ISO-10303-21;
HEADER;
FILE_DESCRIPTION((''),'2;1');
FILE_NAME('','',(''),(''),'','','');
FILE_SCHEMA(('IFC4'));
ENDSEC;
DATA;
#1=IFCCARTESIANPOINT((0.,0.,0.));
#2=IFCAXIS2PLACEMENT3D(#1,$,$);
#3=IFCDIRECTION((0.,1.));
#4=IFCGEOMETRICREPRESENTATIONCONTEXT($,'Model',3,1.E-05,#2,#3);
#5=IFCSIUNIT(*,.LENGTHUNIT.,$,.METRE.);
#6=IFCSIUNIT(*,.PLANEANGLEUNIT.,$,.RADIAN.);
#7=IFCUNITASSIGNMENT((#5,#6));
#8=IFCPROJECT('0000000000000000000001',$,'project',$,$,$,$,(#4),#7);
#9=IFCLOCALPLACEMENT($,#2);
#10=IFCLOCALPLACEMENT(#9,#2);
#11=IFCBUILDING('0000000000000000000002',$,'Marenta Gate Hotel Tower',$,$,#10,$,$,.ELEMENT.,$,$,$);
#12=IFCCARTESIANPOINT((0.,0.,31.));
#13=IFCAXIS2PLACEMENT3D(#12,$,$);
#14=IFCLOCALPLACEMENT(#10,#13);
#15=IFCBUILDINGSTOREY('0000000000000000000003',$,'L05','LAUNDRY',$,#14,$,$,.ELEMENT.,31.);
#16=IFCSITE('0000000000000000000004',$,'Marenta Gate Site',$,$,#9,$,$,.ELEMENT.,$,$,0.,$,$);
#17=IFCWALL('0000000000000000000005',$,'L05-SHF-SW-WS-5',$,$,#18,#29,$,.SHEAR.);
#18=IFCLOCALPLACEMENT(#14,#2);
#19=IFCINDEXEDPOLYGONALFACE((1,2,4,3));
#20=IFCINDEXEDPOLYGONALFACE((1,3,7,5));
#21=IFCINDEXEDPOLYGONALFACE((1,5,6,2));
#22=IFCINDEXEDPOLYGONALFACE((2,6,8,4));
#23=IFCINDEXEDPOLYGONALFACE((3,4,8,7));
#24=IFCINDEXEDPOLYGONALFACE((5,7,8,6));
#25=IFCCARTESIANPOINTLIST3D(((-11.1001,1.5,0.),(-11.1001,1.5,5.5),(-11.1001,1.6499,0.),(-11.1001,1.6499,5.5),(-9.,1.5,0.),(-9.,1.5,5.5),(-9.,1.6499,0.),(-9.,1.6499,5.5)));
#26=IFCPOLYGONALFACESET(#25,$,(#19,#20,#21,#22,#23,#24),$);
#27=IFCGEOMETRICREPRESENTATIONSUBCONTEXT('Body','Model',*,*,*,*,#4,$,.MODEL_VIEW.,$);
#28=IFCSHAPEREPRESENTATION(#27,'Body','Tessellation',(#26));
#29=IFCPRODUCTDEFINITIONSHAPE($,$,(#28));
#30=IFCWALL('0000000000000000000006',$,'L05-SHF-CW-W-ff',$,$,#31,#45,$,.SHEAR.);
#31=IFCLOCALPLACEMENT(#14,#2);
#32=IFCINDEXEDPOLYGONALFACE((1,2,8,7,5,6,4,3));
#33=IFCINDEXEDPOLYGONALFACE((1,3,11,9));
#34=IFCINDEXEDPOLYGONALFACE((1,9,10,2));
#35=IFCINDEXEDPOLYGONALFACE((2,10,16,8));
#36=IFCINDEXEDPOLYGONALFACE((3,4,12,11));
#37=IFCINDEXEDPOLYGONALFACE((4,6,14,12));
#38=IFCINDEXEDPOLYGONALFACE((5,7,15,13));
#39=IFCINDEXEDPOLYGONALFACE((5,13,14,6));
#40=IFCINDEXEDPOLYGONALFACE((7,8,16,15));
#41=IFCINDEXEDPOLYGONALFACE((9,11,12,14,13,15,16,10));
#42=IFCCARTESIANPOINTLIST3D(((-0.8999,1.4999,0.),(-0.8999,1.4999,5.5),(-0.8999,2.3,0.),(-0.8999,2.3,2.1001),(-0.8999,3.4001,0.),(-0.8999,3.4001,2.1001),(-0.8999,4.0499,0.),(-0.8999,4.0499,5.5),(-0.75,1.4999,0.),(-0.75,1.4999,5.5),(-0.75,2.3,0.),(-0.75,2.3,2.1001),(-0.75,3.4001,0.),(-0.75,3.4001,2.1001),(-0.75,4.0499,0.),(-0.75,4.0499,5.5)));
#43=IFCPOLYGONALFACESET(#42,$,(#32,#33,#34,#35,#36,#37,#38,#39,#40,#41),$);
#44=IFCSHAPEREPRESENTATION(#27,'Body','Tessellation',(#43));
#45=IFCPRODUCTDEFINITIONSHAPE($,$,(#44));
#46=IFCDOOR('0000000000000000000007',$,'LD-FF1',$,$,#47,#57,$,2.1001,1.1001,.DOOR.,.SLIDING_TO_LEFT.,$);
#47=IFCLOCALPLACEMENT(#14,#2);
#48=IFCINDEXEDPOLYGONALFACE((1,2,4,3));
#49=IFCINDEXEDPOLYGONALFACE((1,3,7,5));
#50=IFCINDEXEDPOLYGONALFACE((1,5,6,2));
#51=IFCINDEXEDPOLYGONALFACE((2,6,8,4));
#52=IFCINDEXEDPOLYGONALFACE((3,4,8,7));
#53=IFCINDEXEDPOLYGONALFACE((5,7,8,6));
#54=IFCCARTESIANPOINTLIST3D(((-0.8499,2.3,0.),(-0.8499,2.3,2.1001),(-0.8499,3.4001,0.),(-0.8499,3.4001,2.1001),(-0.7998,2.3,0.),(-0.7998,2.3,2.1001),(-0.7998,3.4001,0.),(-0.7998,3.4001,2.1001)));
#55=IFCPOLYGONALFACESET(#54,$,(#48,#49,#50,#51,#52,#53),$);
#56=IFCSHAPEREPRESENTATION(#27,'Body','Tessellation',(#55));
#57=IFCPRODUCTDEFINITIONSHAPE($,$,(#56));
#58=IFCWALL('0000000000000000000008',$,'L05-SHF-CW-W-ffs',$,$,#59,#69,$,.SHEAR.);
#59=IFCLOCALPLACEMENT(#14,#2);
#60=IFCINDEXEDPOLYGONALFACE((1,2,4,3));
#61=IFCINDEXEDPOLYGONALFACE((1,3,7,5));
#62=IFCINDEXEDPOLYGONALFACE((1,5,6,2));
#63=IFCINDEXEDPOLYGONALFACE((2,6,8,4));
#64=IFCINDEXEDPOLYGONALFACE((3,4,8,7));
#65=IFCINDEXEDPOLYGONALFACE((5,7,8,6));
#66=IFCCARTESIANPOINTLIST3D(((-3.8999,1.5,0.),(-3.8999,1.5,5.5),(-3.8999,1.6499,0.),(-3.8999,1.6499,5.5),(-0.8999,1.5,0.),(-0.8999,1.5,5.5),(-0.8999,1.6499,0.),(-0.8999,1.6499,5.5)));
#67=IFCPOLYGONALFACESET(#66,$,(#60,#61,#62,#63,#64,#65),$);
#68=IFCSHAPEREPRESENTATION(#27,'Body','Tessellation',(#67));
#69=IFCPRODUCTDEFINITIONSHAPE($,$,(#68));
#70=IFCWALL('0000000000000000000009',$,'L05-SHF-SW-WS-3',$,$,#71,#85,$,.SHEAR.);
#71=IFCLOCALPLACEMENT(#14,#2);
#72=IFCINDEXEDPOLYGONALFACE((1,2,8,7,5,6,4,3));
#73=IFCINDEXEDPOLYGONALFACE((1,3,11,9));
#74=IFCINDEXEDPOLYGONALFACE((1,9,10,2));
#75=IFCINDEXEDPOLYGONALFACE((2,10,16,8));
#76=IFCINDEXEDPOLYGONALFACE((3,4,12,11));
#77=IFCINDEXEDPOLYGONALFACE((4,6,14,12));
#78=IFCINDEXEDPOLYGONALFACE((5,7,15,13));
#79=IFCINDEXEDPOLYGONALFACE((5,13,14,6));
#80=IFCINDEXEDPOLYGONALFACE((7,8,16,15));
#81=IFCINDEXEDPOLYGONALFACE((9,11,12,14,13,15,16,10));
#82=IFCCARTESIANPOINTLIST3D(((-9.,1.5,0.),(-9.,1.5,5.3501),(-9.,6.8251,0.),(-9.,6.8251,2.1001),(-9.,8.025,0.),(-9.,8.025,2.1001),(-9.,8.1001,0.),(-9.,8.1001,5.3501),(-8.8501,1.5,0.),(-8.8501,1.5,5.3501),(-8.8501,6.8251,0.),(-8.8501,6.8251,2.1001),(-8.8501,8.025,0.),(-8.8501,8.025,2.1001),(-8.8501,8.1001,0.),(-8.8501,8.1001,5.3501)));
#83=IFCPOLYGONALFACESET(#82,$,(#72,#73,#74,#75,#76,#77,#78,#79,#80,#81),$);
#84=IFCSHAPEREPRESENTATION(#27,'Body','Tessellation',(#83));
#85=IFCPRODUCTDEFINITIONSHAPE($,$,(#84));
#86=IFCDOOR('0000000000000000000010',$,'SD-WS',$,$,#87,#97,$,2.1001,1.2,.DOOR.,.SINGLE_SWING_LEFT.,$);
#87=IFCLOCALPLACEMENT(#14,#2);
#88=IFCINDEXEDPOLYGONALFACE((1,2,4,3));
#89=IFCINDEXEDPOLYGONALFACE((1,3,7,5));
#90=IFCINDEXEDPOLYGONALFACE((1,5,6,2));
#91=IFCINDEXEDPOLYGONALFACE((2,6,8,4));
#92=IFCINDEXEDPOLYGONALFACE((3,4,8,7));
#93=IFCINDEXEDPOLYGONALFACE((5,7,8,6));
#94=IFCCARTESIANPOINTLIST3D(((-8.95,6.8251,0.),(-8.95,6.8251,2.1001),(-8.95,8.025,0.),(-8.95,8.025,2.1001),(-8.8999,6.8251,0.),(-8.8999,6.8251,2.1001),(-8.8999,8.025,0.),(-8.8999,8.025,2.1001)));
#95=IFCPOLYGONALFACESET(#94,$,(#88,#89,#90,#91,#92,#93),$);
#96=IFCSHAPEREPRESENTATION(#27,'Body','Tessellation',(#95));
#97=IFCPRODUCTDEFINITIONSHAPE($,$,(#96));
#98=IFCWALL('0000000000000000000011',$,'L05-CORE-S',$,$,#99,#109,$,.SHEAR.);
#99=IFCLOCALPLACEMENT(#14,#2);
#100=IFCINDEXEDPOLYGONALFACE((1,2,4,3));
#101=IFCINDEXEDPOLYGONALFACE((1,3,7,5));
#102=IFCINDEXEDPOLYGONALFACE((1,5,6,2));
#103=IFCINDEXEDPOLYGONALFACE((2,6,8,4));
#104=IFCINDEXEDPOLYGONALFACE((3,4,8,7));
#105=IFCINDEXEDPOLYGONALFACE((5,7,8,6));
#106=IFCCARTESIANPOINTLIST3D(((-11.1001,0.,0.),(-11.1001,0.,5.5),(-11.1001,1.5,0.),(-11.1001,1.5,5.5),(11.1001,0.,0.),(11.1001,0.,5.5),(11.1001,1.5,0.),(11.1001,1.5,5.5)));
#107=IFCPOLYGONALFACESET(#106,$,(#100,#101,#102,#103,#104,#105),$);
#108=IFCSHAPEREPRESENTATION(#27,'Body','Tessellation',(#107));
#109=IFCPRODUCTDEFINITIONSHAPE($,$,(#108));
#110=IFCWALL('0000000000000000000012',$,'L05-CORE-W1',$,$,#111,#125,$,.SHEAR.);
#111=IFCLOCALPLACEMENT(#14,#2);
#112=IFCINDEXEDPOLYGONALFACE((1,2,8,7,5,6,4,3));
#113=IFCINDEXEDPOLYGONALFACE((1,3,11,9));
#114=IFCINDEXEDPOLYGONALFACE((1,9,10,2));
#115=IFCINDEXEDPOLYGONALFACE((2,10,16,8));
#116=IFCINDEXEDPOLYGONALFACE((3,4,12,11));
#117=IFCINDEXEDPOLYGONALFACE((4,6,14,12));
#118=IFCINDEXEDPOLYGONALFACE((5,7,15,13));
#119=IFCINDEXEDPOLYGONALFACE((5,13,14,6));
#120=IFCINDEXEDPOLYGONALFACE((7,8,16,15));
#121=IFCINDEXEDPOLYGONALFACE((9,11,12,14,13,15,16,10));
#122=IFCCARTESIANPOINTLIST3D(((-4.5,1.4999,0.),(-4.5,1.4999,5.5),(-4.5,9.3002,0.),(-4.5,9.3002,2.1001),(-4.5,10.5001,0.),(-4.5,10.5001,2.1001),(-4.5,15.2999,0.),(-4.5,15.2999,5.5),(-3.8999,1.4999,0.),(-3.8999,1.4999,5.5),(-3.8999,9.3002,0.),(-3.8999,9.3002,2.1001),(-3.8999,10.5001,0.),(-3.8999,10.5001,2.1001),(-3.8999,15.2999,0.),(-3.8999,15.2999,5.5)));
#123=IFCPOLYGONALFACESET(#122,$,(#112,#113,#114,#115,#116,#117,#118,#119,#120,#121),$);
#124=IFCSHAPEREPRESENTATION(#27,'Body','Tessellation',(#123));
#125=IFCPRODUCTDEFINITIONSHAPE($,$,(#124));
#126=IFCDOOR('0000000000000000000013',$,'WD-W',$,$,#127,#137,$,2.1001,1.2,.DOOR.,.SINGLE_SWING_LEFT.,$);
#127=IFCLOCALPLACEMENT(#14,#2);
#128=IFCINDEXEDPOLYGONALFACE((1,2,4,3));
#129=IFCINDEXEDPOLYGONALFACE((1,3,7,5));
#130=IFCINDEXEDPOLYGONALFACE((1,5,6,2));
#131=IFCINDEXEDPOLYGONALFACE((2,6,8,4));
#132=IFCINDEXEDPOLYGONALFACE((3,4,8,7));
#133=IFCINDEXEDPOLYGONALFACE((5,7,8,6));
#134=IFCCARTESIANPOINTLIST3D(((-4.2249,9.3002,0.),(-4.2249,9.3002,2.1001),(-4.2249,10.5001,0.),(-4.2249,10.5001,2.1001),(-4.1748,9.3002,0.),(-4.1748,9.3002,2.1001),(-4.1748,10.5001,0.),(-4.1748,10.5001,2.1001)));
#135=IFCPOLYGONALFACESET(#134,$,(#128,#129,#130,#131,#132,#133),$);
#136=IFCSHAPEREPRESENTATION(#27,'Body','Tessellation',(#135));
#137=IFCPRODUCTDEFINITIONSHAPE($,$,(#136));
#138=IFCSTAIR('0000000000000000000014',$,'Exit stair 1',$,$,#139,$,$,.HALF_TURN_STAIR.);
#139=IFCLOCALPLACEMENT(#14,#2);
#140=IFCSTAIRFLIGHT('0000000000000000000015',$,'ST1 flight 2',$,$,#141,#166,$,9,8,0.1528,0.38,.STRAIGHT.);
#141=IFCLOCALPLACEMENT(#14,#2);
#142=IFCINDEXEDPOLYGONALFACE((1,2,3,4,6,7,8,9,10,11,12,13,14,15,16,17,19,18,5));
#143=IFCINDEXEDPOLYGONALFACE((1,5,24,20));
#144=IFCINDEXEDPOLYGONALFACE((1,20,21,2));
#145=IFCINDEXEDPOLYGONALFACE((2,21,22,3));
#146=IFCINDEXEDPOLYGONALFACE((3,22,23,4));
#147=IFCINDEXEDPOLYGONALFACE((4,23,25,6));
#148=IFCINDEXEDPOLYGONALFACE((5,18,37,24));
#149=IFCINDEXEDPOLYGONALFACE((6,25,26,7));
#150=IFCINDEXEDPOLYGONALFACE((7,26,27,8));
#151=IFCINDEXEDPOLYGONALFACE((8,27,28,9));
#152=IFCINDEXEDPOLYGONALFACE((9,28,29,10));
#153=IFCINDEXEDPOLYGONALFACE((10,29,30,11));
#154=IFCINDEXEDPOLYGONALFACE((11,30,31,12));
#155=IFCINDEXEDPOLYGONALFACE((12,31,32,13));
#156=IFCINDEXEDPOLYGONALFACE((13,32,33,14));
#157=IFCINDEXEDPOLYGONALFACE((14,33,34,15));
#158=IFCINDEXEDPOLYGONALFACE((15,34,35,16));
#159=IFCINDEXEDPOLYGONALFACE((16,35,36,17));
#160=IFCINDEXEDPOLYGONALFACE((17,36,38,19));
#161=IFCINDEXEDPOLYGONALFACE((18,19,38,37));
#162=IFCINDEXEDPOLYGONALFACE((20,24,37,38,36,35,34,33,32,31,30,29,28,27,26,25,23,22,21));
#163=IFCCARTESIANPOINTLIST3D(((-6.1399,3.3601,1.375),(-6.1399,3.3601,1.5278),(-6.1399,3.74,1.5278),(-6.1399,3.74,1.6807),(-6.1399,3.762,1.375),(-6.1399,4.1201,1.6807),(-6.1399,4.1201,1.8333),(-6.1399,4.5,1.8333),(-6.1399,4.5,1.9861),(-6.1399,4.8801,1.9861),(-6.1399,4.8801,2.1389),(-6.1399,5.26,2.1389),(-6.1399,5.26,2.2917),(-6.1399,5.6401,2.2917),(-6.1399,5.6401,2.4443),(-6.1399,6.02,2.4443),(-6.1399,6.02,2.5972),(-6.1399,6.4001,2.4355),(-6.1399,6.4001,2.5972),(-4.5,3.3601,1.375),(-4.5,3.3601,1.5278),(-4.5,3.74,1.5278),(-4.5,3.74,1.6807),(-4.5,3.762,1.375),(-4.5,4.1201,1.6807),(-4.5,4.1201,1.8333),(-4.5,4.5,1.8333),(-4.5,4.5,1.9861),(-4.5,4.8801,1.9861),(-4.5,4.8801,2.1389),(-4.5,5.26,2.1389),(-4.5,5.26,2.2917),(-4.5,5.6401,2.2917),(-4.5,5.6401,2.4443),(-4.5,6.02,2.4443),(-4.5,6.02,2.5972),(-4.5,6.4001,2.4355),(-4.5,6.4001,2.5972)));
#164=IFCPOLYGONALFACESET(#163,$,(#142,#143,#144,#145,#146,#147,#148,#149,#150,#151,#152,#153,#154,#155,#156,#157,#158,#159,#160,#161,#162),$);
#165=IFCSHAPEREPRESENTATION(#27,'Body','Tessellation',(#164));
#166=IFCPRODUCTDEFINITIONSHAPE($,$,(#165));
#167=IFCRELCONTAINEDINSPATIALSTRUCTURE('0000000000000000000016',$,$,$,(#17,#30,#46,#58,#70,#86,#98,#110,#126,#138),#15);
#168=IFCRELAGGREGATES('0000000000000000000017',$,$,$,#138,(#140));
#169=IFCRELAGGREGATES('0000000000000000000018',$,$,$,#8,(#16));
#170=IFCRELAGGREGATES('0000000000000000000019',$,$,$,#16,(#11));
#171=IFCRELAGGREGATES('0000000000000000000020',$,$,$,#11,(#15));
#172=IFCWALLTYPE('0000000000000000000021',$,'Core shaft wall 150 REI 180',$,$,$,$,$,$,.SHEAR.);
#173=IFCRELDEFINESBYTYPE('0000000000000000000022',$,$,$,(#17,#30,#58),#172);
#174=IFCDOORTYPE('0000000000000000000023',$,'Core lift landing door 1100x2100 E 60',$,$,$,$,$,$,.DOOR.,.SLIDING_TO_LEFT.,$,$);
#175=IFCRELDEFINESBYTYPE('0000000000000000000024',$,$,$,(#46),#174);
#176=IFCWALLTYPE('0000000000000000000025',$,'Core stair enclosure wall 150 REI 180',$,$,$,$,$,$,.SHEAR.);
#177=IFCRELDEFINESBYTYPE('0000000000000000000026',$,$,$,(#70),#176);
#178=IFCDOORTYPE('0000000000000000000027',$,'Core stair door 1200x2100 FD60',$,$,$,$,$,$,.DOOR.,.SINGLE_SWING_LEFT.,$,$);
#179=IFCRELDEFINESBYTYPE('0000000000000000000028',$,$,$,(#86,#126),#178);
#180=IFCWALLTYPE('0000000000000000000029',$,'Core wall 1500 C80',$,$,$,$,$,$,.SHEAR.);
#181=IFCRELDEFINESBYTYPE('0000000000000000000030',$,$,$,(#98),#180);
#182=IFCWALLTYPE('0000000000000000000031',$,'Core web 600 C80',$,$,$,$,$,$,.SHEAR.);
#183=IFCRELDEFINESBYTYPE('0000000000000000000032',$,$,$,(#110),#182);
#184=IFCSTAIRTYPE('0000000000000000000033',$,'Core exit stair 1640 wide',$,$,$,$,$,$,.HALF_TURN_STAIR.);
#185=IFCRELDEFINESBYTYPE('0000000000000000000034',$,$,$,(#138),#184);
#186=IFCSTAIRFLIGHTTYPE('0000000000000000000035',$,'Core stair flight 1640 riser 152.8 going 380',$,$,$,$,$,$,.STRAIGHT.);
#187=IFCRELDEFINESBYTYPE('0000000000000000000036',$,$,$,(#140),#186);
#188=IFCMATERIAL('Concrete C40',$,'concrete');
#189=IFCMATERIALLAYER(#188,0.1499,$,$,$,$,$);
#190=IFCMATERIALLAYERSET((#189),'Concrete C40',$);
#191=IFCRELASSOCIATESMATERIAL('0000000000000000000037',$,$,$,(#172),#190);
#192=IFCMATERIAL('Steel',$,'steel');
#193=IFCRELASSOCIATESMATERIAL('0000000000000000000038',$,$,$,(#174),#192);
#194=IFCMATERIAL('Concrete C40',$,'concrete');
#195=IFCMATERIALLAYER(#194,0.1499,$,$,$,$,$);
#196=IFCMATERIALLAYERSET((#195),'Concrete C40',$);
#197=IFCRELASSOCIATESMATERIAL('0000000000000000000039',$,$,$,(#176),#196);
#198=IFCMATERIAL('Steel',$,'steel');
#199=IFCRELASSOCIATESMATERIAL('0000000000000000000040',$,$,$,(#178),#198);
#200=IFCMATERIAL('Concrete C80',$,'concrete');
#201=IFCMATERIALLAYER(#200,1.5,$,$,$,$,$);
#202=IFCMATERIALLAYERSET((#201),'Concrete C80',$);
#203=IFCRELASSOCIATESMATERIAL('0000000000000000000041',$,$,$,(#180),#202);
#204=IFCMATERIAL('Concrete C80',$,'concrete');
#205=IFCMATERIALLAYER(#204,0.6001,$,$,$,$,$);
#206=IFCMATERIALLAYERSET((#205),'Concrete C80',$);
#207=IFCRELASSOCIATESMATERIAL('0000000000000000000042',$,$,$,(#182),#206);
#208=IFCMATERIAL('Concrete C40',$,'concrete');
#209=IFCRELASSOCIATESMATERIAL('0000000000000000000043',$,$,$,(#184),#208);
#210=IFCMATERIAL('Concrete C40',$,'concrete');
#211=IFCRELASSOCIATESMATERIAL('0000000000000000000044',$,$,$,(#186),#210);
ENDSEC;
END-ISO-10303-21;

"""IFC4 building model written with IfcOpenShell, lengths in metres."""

from ifc_helpers import new_model, si_unit, direction, frame, frame_2d, origin, place, context, subcontext, project, spatial, polyline, rectangle, outline, extrude, material, layer, layer_set, type_object, element, fill, aggregate, save


model = new_model("IFC4")

# Units and contexts
model_context = context("Model", 3, precision=1e-05, world=origin(), true_north=direction((0.0, 1.0)))
body_context = subcontext(model_context, "Body", "Model", "MODEL_VIEW")
ifc_project = project(units=[si_unit("LENGTHUNIT", "METRE"), si_unit("PLANEANGLEUNIT", "RADIAN")], contexts=[model_context])

# Site, building, storey
site_placement = place(None, origin())
site = spatial("IfcSite", under=ifc_project, at=site_placement, Name="Marenta Gate Site", CompositionType="ELEMENT", RefElevation=0.0)
building_placement = place(site_placement, origin())
building = spatial("IfcBuilding", under=site, at=building_placement, Name="Marenta Gate Hotel Tower", CompositionType="ELEMENT")
storey_placement = place(building_placement, frame((0.0, 0.0, 31.0)))
storey = spatial("IfcBuildingStorey", under=building, at=storey_placement, Name="L05", Description="LAUNDRY", CompositionType="ELEMENT", Elevation=31.0)

# Wall
ifc_material_1 = material(Name="Concrete C40", Category="concrete")
ifc_layer_1 = layer(ifc_material_1, 0.1499)
ifc_layer_set_1 = layer_set([ifc_layer_1], Name="Concrete C40")
wall_type_1 = type_object("IfcWallType", Name="Core shaft wall 150 REI 180", PredefinedType="SHEAR", material=ifc_layer_set_1)
wall_1_placement = place(storey_placement, frame((-11.1001, 1.575, 0.0), z_axis=(0.0, 0.0, 1.0), x_axis=(1.0, 0.0, 0.0)))
element("IfcWall", 1, at=wall_1_placement, inside=storey, type_object=wall_type_1, Name="L05-SHF-SW-WS-5", PredefinedType="SHEAR", context=body_context, shape_type="SweptSolid", body=[
    extrude(rectangle(XDim=2.1001, YDim=0.1499, at=frame_2d((1.05, 0.0))), origin(), (0.0, 0.0, 1.0), 5.5),
])

# Wall, opening, door
wall_2_placement = place(storey_placement, frame((-0.825, 1.5, 0.0), z_axis=(0.0, 0.0, 1.0), x_axis=(0.0, 1.0, 0.0)))
wall_2 = element("IfcWall", 2, at=wall_2_placement, inside=storey, type_object=wall_type_1, Name="L05-SHF-CW-W-ff", PredefinedType="SHEAR", context=body_context, shape_type="SweptSolid", body=[
    extrude(rectangle(XDim=2.55, YDim=0.1499, at=frame_2d((1.2749, 0.0))), origin(), (0.0, 0.0, 1.0), 5.5),
])
opening_1_placement = place(wall_2_placement, frame((0.8, 0.0, 0.0)))
opening_1 = element("IfcOpeningElement", 3, at=opening_1_placement, cuts=wall_2, PredefinedType="OPENING", context=body_context, shape_type="SweptSolid", body=[
    extrude(rectangle(XDim=1.1001, YDim=2.1001, at=frame_2d((0.55, 1.05))), frame((0.0, 0.075, 0.0), z_axis=(0.0, -1.0, 0.0), x_axis=(1.0, 0.0, 0.0)), (0.0, 0.0, 1.0), 0.1499),
])
ifc_material_2 = material(Name="Steel", Category="steel")
door_type_1 = type_object("IfcDoorType", Name="Core lift landing door 1100x2100 E 60", OperationType="SLIDING_TO_LEFT", PredefinedType="DOOR", material=ifc_material_2)
door_1_placement = place(opening_1_placement, origin())
door_1 = element("IfcDoor", 4, at=door_1_placement, inside=storey, type_object=door_type_1, Name="LD-FF1", OperationType="SLIDING_TO_LEFT", OverallHeight=2.1001, OverallWidth=1.1001, PredefinedType="DOOR", context=body_context, shape_type="SweptSolid", body=[
    extrude(rectangle(XDim=1.1001, YDim=2.1001, at=frame_2d((0.55, 1.05))), frame((0.0, 0.0249, 0.0), z_axis=(0.0, -1.0, 0.0), x_axis=(1.0, 0.0, 0.0)), (0.0, 0.0, 1.0), 0.05),
])
fill(opening_1, door_1)

# Wall
wall_3_placement = place(storey_placement, frame((-3.8999, 1.575, 0.0), z_axis=(0.0, 0.0, 1.0), x_axis=(1.0, 0.0, 0.0)))
element("IfcWall", 5, at=wall_3_placement, inside=storey, type_object=wall_type_1, Name="L05-SHF-CW-W-ffs", PredefinedType="SHEAR", context=body_context, shape_type="SweptSolid", body=[
    extrude(rectangle(XDim=3.0, YDim=0.1499, at=frame_2d((1.5, 0.0))), origin(), (0.0, 0.0, 1.0), 5.5),
])

# Wall, opening, door
ifc_material_3 = material(Name="Concrete C40", Category="concrete")
ifc_layer_2 = layer(ifc_material_3, 0.1499)
ifc_layer_set_2 = layer_set([ifc_layer_2], Name="Concrete C40")
wall_type_2 = type_object("IfcWallType", Name="Core stair enclosure wall 150 REI 180", PredefinedType="SHEAR", material=ifc_layer_set_2)
wall_4_placement = place(storey_placement, frame((-8.925, 1.5, 0.0), z_axis=(0.0, 0.0, 1.0), x_axis=(0.0, 1.0, 0.0)))
wall_4 = element("IfcWall", 6, at=wall_4_placement, inside=storey, type_object=wall_type_2, Name="L05-SHF-SW-WS-3", PredefinedType="SHEAR", context=body_context, shape_type="SweptSolid", body=[
    extrude(rectangle(XDim=6.6001, YDim=0.1499, at=frame_2d((3.3, 0.0))), origin(), (0.0, 0.0, 1.0), 5.3501),
])
opening_2_placement = place(wall_4_placement, frame((5.325, 0.0, 0.0)))
opening_2 = element("IfcOpeningElement", 7, at=opening_2_placement, cuts=wall_4, PredefinedType="OPENING", context=body_context, shape_type="SweptSolid", body=[
    extrude(rectangle(XDim=1.2, YDim=2.1001, at=frame_2d((0.6001, 1.05))), frame((0.0, 0.075, 0.0), z_axis=(0.0, -1.0, 0.0), x_axis=(1.0, 0.0, 0.0)), (0.0, 0.0, 1.0), 0.1499),
])
ifc_material_4 = material(Name="Steel", Category="steel")
door_type_2 = type_object("IfcDoorType", Name="Core stair door 1200x2100 FD60", OperationType="SINGLE_SWING_LEFT", PredefinedType="DOOR", material=ifc_material_4)
door_2_placement = place(opening_2_placement, origin())
door_2 = element("IfcDoor", 8, at=door_2_placement, inside=storey, type_object=door_type_2, Name="SD-WS", OperationType="SINGLE_SWING_LEFT", OverallHeight=2.1001, OverallWidth=1.2, PredefinedType="DOOR", context=body_context, shape_type="SweptSolid", body=[
    extrude(rectangle(XDim=1.2, YDim=2.1001, at=frame_2d((0.6001, 1.05))), frame((0.0, 0.0249, 0.0), z_axis=(0.0, -1.0, 0.0), x_axis=(1.0, 0.0, 0.0)), (0.0, 0.0, 1.0), 0.05),
])
fill(opening_2, door_2)

# Wall
ifc_material_5 = material(Name="Concrete C80", Category="concrete")
ifc_layer_3 = layer(ifc_material_5, 1.5)
ifc_layer_set_3 = layer_set([ifc_layer_3], Name="Concrete C80")
wall_type_3 = type_object("IfcWallType", Name="Core wall 1500 C80", PredefinedType="SHEAR", material=ifc_layer_set_3)
wall_5_placement = place(storey_placement, frame((-11.1001, 0.75, 0.0), z_axis=(0.0, 0.0, 1.0), x_axis=(1.0, 0.0, 0.0)))
element("IfcWall", 9, at=wall_5_placement, inside=storey, type_object=wall_type_3, Name="L05-CORE-S", PredefinedType="SHEAR", context=body_context, shape_type="SweptSolid", body=[
    extrude(rectangle(XDim=22.2002, YDim=1.5, at=frame_2d((11.1001, 0.0))), origin(), (0.0, 0.0, 1.0), 5.5),
])

# Wall, opening, door
ifc_material_6 = material(Name="Concrete C80", Category="concrete")
ifc_layer_4 = layer(ifc_material_6, 0.6001)
ifc_layer_set_4 = layer_set([ifc_layer_4], Name="Concrete C80")
wall_type_4 = type_object("IfcWallType", Name="Core web 600 C80", PredefinedType="SHEAR", material=ifc_layer_set_4)
wall_6_placement = place(storey_placement, frame((-4.2, 1.5, 0.0), z_axis=(0.0, 0.0, 1.0), x_axis=(0.0, 1.0, 0.0)))
wall_6 = element("IfcWall", 10, at=wall_6_placement, inside=storey, type_object=wall_type_4, Name="L05-CORE-W1", PredefinedType="SHEAR", context=body_context, shape_type="SweptSolid", body=[
    extrude(rectangle(XDim=13.8, YDim=0.6001, at=frame_2d((6.8999, 0.0))), origin(), (0.0, 0.0, 1.0), 5.5),
])
opening_3_placement = place(wall_6_placement, frame((7.8, 0.0, 0.0)))
opening_3 = element("IfcOpeningElement", 11, at=opening_3_placement, cuts=wall_6, PredefinedType="OPENING", context=body_context, shape_type="SweptSolid", body=[
    extrude(rectangle(XDim=1.2, YDim=2.1001, at=frame_2d((0.6001, 1.05))), frame((0.0, 0.3, 0.0), z_axis=(0.0, -1.0, 0.0), x_axis=(1.0, 0.0, 0.0)), (0.0, 0.0, 1.0), 0.6001),
])
door_3_placement = place(opening_3_placement, origin())
door_3 = element("IfcDoor", 12, at=door_3_placement, inside=storey, type_object=door_type_2, Name="WD-W", OperationType="SINGLE_SWING_LEFT", OverallHeight=2.1001, OverallWidth=1.2, PredefinedType="DOOR", context=body_context, shape_type="SweptSolid", body=[
    extrude(rectangle(XDim=1.2, YDim=2.1001, at=frame_2d((0.6001, 1.05))), frame((0.0, 0.0249, 0.0), z_axis=(0.0, -1.0, 0.0), x_axis=(1.0, 0.0, 0.0)), (0.0, 0.0, 1.0), 0.05),
])
fill(opening_3, door_3)

# Stair, stair flight
ifc_material_7 = material(Name="Concrete C40", Category="concrete")
stair_type = type_object("IfcStairType", Name="Core exit stair 1640 wide", PredefinedType="HALF_TURN_STAIR", material=ifc_material_7)
stair_placement = place(storey_placement, origin())
stair = element("IfcStair", 13, at=stair_placement, inside=storey, type_object=stair_type, Name="Exit stair 1", PredefinedType="HALF_TURN_STAIR")
ifc_material_8 = material(Name="Concrete C40", Category="concrete")
stair_flight_type = type_object("IfcStairFlightType", Name="Core stair flight 1640 riser 152.8 going 380", PredefinedType="STRAIGHT", material=ifc_material_8)
stair_flight_placement = place(storey_placement, frame((-5.3201, 3.3601, 1.375), z_axis=(0.0, 0.0, 1.0), x_axis=(0.0, 1.0, 0.0)))
stair_flight = element("IfcStairFlight", 14, at=stair_flight_placement, type_object=stair_flight_type, Name="ST1 flight 2", NumberOfRisers=9, NumberOfTreads=8, PredefinedType="STRAIGHT", RiserHeight=0.1528, TreadLength=0.38, context=body_context, shape_type="SweptSolid", body=[
    extrude(outline(polyline([(0.0, 0.0), (0.0, 0.1528), (0.3799, 0.1528), (0.3799, 0.3057), (0.76, 0.3057), (0.76, 0.4583), (1.1399, 0.4583), (1.1399, 0.6111), (1.52, 0.6111), (1.52, 0.7639), (1.8999, 0.7639), (1.8999, 0.9167), (2.28, 0.9167), (2.28, 1.0693), (2.6599, 1.0693), (2.6599, 1.2222), (3.04, 1.2222), (3.04, 1.375), (3.04, 1.0605), (0.4019, 0.0), (0.0, 0.0)])), frame((0.0, 0.8198, 0.0), z_axis=(0.0, -1.0, 0.0), x_axis=(1.0, 0.0, 0.0)), (0.0, 0.0, 1.0), 1.6399),
])
aggregate(stair, [stair_flight])

save(model, "model.ifc")
